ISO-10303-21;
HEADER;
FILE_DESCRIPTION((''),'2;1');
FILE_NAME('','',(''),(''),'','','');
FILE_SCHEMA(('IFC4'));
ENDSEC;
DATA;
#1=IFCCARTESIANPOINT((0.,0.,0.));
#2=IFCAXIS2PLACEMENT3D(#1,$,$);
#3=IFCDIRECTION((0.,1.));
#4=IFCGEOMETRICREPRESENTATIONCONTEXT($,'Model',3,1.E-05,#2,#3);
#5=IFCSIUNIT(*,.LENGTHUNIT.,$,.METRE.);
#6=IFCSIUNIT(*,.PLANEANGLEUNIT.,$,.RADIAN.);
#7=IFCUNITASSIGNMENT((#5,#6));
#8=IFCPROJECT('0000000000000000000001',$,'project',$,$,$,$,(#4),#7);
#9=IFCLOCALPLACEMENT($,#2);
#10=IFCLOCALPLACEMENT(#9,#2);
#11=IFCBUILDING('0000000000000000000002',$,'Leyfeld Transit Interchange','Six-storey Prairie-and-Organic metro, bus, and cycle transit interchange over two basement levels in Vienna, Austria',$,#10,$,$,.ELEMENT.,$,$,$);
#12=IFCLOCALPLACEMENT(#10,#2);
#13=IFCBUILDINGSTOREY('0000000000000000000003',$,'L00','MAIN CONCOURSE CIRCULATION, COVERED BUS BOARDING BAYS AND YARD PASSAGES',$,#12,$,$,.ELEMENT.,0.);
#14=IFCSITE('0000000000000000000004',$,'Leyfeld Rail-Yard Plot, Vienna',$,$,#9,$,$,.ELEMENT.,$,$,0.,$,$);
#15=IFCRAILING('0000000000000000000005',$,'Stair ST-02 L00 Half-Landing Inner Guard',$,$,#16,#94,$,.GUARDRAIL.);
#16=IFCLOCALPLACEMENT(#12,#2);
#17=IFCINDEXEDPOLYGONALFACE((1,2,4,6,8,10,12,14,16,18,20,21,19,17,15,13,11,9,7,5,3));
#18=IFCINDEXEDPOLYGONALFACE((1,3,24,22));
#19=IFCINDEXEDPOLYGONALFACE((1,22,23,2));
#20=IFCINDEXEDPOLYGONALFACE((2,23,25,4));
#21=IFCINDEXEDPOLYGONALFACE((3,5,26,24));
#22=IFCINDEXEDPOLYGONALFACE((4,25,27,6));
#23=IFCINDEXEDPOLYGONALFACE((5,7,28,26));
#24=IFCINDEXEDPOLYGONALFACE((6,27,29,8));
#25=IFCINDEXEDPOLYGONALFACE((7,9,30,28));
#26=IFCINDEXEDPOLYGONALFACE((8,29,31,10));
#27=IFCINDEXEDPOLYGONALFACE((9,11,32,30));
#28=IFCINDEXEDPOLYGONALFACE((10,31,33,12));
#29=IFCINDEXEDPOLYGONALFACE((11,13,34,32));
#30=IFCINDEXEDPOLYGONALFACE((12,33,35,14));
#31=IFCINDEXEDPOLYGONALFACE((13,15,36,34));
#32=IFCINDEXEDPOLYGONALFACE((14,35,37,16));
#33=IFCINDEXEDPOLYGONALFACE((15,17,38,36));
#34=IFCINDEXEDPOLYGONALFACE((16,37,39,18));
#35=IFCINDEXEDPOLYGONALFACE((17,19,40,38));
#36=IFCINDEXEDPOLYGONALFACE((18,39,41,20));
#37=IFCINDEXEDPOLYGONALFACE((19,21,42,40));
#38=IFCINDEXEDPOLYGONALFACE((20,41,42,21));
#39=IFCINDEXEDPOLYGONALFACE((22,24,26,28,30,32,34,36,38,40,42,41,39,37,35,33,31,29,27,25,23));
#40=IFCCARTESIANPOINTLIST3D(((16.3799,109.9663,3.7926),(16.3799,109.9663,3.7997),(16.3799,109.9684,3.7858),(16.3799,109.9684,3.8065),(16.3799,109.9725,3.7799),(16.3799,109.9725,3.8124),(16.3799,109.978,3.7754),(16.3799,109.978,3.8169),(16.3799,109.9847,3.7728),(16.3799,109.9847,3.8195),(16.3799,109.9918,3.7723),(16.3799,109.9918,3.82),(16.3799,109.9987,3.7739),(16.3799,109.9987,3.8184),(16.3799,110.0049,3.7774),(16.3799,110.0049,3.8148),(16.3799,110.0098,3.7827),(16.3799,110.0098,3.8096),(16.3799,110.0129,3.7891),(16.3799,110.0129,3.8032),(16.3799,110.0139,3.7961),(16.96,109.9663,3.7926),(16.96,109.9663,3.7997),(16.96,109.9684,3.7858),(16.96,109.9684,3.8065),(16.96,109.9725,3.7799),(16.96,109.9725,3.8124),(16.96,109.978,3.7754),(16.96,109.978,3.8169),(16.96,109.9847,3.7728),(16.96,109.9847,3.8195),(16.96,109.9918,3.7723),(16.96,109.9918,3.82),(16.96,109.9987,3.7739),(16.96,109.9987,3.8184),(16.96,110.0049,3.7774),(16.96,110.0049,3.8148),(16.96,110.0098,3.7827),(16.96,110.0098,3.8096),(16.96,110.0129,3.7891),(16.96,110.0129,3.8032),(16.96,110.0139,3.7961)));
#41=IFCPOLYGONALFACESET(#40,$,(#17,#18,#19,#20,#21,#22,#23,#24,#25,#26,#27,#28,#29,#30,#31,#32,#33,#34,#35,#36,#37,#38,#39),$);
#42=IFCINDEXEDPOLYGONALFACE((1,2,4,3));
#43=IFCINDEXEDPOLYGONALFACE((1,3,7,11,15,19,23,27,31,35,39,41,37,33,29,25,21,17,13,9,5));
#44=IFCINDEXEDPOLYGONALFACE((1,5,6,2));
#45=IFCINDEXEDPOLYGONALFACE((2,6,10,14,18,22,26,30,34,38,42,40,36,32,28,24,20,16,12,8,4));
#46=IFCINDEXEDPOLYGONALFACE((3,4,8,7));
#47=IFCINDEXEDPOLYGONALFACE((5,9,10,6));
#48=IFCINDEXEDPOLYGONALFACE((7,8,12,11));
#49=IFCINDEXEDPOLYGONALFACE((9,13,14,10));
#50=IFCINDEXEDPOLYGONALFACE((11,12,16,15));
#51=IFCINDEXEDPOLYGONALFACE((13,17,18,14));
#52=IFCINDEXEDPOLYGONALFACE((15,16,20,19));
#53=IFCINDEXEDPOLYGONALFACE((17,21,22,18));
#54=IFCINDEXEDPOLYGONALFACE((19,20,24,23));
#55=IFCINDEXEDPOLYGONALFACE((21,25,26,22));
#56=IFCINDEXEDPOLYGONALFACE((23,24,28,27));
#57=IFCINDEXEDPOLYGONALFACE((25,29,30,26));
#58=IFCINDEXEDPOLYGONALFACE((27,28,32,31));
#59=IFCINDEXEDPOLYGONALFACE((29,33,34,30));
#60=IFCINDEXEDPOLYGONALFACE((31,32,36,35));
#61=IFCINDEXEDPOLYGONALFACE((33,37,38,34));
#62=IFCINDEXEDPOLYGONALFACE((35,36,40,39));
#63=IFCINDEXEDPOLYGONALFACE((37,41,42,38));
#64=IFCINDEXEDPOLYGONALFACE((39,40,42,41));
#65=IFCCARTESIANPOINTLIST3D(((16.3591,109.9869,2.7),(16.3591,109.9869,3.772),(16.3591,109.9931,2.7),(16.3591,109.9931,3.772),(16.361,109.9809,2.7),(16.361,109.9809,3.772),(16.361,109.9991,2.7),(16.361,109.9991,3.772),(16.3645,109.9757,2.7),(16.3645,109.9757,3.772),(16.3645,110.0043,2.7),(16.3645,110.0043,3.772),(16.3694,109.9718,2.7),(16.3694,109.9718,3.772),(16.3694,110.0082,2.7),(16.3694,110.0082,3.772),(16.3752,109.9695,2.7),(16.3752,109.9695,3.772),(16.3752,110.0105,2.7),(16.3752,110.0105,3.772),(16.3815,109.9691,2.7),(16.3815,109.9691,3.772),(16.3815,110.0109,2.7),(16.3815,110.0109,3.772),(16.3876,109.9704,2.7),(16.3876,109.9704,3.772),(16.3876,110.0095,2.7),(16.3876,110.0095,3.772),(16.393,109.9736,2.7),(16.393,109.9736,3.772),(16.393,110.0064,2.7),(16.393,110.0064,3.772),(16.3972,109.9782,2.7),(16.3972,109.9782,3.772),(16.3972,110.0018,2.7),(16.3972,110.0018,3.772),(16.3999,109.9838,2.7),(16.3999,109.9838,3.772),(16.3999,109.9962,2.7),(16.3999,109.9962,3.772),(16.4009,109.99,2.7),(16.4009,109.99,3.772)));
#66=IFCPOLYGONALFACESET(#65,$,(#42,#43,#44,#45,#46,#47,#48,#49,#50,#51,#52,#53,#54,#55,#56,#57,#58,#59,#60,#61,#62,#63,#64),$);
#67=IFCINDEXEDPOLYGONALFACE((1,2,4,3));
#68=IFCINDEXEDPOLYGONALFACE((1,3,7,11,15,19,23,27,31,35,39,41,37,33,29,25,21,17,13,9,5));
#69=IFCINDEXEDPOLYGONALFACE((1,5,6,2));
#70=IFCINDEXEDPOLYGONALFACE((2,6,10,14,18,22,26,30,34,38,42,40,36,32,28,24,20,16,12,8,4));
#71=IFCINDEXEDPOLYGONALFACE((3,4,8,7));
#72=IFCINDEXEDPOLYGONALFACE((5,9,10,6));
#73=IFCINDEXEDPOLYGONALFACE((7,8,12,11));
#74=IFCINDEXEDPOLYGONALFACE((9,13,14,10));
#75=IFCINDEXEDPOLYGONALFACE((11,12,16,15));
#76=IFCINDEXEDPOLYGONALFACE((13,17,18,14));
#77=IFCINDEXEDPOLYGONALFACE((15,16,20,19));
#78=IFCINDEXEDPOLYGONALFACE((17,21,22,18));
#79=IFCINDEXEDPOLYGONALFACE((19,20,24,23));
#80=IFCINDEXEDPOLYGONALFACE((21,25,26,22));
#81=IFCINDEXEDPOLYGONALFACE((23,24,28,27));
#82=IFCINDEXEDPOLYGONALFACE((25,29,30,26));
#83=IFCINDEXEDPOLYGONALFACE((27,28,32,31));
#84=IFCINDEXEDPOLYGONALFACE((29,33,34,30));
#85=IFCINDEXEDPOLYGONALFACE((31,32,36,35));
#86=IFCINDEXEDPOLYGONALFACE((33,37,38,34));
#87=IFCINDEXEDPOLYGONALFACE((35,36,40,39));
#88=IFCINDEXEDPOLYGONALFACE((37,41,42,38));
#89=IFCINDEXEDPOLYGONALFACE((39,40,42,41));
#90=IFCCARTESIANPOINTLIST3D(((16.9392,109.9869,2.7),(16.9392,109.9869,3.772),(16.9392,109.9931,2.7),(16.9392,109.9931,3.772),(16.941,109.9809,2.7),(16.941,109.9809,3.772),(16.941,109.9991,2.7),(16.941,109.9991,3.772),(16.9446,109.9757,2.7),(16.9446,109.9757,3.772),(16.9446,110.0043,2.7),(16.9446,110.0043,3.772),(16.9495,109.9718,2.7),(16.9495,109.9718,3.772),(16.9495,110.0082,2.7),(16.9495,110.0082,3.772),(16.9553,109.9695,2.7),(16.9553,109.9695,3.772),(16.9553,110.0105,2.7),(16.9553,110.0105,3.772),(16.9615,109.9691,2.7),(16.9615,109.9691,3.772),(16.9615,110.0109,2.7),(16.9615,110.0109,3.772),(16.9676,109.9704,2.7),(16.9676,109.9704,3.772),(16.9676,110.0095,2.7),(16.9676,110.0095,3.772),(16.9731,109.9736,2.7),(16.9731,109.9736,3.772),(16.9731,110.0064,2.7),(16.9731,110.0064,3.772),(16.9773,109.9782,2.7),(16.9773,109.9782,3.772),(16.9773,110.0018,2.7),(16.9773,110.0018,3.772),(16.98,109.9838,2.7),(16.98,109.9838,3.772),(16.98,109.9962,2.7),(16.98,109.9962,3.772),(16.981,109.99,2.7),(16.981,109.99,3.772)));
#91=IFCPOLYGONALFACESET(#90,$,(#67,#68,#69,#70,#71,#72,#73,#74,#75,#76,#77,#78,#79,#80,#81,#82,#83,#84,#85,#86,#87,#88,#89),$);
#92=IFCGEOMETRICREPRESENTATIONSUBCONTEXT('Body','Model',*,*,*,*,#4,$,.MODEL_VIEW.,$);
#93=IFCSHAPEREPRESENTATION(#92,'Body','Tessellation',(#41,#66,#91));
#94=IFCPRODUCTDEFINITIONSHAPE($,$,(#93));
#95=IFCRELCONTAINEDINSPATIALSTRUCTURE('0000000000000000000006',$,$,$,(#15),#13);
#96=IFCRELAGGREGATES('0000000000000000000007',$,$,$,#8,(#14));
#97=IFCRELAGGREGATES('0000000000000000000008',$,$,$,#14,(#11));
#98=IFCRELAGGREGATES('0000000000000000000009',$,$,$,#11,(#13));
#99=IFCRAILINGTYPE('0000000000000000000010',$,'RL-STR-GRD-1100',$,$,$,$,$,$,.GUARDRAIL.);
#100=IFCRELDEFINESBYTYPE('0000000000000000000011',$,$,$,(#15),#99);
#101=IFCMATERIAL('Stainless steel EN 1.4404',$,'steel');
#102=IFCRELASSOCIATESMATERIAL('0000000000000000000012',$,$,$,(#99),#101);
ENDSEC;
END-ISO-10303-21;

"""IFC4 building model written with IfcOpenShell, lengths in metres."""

from ifc_helpers import new_model, si_unit, direction, frame, origin, origin_2d, place, context, subcontext, project, spatial, circle, extrude, material, type_object, element, save


model = new_model("IFC4")

# Units and contexts
model_context = context("Model", 3, precision=1e-05, world=origin(), true_north=direction((0.0, 1.0)))
body_context = subcontext(model_context, "Body", "Model", "MODEL_VIEW")
ifc_project = project(units=[si_unit("LENGTHUNIT", "METRE"), si_unit("PLANEANGLEUNIT", "RADIAN")], contexts=[model_context])

# Site, building, storey
site_placement = place(None, origin())
site = spatial("IfcSite", under=ifc_project, at=site_placement, Name="Leyfeld Rail-Yard Plot, Vienna", CompositionType="ELEMENT", RefElevation=0.0)
building_placement = place(site_placement, origin())
building = spatial("IfcBuilding", under=site, at=building_placement, Name="Leyfeld Transit Interchange", Description="Six-storey Prairie-and-Organic metro, bus, and cycle transit interchange over two basement levels in Vienna, Austria", CompositionType="ELEMENT")
storey_placement = place(building_placement, origin())
storey = spatial("IfcBuildingStorey", under=building, at=storey_placement, Name="L00", Description="MAIN CONCOURSE CIRCULATION, COVERED BUS BOARDING BAYS AND YARD PASSAGES", CompositionType="ELEMENT", Elevation=0.0)

# Railing
ifc_material_1 = material(Name="Stainless steel EN 1.4404", Category="steel")
railing_type_1 = type_object("IfcRailingType", Name="RL-STR-GRD-1100", PredefinedType="GUARDRAIL", material=ifc_material_1)
railing_1_placement = place(storey_placement, frame((16.3799, 109.99, 2.7)))
element("IfcRailing", 1, at=railing_1_placement, inside=storey, type_object=railing_type_1, Name="Stair ST-02 L00 Half-Landing Inner Guard", PredefinedType="GUARDRAIL", context=body_context, shape_type="SweptSolid", body=[
    extrude(circle(Radius=0.0239, at=origin_2d()), frame((0.0, 0.0, 1.0962), z_axis=(1.0, 0.0, 0.0), x_axis=(0.0, 1.0, 0.0)), (0.0, 0.0, 1.0), 0.5801),
    extrude(circle(Radius=0.021, at=origin_2d()), origin(), (0.0, 0.0, 1.0), 1.072),
    extrude(circle(Radius=0.021, at=origin_2d()), frame((0.5801, 0.0, 0.0)), (0.0, 0.0, 1.0), 1.072),
])

save(model, "model.ifc")
